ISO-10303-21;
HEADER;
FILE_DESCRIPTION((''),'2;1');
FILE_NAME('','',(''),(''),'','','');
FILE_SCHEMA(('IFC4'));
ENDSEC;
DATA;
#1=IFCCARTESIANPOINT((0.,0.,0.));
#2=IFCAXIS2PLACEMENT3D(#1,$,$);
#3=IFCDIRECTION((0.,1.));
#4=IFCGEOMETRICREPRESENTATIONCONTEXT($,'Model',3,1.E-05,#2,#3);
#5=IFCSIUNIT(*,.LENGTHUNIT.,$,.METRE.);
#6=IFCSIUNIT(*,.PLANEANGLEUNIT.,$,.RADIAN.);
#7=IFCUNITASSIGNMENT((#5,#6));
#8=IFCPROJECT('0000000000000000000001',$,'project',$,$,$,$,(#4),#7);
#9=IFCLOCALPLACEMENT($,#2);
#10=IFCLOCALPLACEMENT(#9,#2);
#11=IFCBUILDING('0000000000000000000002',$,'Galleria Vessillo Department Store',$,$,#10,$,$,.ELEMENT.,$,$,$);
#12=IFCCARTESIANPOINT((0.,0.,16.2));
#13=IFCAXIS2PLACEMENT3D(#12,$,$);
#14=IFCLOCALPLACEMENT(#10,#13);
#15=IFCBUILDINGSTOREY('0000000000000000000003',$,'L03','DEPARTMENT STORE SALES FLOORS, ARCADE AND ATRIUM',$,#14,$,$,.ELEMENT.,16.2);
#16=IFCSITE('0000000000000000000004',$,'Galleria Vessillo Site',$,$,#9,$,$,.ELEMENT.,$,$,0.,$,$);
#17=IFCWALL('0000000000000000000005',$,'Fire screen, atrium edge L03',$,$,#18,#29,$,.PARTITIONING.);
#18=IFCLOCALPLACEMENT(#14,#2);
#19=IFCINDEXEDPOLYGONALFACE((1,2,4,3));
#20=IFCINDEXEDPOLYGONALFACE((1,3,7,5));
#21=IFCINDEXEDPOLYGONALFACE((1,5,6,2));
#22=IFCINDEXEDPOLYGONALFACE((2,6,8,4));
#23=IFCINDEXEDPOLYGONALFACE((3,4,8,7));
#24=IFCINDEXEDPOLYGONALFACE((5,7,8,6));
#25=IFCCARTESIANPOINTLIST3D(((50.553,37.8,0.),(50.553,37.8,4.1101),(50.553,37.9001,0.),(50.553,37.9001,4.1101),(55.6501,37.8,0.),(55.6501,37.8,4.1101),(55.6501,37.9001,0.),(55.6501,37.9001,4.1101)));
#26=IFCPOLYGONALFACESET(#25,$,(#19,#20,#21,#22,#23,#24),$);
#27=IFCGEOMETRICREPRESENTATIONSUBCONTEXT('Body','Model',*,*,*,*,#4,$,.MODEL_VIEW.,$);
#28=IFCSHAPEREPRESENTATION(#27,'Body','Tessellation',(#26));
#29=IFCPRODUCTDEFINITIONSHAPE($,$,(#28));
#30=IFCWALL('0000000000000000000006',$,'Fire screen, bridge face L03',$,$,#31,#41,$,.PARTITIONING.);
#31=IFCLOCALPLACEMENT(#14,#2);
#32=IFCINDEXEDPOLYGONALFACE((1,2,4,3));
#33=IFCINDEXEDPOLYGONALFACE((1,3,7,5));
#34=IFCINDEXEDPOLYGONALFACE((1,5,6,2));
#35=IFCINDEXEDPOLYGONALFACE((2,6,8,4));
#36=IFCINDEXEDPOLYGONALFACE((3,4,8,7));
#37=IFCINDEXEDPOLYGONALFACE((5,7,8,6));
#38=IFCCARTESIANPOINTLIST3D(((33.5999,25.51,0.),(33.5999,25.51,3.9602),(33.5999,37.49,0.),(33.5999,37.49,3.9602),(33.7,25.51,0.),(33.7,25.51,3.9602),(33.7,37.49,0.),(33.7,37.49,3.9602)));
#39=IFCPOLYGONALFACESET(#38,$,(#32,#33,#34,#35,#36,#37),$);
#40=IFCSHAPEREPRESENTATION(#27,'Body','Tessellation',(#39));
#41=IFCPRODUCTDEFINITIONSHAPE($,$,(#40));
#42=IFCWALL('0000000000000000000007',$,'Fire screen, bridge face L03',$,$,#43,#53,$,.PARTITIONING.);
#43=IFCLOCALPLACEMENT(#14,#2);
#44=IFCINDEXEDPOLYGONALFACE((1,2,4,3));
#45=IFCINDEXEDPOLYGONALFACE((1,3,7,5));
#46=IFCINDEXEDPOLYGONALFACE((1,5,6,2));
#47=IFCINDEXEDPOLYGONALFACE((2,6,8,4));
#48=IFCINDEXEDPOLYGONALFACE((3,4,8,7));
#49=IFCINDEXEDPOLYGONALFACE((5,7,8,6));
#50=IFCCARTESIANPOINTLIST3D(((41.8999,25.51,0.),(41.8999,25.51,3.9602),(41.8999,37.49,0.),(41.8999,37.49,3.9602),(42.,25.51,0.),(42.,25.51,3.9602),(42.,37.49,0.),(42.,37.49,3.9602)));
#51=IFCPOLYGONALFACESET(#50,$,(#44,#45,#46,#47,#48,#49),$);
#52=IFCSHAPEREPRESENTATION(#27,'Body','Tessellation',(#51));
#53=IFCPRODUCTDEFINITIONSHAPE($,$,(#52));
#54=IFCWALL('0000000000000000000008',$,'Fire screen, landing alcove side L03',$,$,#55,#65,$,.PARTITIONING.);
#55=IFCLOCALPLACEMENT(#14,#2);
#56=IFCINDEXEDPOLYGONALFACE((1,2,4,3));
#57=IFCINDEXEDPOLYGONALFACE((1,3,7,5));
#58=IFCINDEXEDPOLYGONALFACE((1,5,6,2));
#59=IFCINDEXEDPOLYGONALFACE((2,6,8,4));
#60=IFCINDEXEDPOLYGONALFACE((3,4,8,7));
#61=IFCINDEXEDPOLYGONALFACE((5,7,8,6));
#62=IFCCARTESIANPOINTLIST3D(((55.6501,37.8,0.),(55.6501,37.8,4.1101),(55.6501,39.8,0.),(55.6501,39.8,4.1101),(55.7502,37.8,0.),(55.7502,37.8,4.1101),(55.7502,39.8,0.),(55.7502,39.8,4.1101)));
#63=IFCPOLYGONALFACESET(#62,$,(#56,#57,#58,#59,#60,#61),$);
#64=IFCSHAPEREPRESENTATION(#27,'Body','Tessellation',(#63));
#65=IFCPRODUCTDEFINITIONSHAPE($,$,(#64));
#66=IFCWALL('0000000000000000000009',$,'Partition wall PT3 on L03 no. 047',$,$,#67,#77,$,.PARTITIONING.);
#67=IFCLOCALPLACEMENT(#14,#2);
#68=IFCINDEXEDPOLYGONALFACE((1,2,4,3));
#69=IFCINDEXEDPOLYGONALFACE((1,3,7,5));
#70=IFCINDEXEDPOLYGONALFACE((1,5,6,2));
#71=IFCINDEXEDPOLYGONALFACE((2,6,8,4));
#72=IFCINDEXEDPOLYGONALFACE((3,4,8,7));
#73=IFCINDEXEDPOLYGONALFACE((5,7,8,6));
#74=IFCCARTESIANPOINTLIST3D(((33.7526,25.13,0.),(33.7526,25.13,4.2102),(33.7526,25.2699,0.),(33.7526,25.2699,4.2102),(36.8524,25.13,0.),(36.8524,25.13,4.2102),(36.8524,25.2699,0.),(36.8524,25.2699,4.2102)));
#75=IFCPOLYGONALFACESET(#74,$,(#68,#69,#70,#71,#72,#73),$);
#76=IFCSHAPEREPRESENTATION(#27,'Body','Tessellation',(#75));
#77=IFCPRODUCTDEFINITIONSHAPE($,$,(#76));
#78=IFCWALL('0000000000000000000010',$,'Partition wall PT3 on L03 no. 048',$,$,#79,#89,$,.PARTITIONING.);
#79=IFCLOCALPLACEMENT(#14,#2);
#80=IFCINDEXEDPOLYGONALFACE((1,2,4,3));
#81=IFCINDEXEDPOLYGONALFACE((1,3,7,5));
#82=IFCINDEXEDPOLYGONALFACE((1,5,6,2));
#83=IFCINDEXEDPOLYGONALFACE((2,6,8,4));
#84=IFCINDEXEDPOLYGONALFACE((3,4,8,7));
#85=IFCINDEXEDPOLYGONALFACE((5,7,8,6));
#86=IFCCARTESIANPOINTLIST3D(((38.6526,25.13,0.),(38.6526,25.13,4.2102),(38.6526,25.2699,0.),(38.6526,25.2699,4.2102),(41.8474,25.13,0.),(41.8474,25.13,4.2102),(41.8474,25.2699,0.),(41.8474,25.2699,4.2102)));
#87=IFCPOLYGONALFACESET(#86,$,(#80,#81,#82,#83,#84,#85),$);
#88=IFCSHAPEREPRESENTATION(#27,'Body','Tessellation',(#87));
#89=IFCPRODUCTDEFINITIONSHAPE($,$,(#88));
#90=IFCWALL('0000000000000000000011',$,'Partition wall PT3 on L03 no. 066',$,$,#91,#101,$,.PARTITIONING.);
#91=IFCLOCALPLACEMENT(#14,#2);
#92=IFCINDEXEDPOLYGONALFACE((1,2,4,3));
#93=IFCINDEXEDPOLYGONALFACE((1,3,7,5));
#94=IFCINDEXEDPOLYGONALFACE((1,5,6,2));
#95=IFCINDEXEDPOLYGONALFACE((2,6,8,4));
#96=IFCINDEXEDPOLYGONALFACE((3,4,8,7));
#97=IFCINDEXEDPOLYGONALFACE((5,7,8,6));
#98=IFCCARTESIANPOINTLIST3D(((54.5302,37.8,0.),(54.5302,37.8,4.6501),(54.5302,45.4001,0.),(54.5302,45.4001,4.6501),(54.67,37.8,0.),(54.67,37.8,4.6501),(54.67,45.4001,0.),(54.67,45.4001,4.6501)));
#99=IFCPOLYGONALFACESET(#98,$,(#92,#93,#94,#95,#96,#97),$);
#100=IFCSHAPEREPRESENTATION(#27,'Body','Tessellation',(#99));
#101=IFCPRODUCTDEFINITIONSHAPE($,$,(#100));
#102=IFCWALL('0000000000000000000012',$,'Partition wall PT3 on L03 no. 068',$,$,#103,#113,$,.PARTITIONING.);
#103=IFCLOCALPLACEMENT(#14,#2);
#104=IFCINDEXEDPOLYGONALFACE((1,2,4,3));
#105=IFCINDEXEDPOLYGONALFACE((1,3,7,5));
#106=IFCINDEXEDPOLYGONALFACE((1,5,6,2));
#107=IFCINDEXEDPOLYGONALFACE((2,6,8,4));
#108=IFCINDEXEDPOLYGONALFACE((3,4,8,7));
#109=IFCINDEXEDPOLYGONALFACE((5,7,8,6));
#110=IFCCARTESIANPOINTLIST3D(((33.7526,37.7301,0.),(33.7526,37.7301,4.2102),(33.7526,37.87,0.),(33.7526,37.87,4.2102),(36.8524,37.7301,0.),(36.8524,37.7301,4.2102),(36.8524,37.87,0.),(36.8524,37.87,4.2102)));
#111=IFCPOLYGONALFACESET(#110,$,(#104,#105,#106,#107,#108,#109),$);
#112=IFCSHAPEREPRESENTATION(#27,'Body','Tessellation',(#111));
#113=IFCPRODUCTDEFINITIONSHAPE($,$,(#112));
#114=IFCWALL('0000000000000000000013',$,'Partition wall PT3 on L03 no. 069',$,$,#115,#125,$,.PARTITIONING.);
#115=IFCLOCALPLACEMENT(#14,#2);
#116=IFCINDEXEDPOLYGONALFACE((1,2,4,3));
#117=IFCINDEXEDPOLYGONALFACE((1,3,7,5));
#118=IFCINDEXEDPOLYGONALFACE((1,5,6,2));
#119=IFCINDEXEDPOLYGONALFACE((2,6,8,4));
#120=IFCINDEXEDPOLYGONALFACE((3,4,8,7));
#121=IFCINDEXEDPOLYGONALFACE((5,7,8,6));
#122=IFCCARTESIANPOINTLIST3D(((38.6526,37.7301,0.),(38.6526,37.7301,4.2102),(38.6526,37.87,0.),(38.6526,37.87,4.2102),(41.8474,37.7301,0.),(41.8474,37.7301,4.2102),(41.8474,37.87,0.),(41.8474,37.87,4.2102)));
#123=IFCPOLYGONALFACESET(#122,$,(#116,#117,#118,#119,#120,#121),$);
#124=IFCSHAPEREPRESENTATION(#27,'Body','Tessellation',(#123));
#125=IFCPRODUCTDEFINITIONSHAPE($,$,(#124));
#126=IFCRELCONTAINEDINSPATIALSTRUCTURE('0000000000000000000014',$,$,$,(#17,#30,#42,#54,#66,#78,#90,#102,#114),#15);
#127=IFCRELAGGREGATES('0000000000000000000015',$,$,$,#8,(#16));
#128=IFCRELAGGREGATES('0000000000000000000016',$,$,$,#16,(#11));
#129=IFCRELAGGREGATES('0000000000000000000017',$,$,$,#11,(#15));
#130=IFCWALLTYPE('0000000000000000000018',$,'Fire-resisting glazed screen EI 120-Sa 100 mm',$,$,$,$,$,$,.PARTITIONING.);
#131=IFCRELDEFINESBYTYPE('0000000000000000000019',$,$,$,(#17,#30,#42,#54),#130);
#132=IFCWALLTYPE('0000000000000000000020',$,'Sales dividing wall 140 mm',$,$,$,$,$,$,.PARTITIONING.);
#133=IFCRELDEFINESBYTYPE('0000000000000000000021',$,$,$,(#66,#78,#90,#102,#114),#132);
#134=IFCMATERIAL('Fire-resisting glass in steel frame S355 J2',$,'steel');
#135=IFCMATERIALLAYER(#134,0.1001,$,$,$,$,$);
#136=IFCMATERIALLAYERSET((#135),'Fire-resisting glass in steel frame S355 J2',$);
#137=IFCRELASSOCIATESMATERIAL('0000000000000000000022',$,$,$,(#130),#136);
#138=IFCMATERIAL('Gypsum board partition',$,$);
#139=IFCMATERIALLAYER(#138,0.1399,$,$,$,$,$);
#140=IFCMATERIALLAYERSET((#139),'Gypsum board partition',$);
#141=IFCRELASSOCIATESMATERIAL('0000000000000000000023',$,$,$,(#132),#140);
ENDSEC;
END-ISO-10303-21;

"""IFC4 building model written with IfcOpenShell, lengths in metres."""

from ifc_helpers import new_model, si_unit, direction, frame, frame_2d, origin, place, context, subcontext, project, spatial, rectangle, extrude, material, layer, layer_set, type_object, element, save


model = new_model("IFC4")

# Units and contexts
model_context = context("Model", 3, precision=1e-05, world=origin(), true_north=direction((0.0, 1.0)))
body_context = subcontext(model_context, "Body", "Model", "MODEL_VIEW")
ifc_project = project(units=[si_unit("LENGTHUNIT", "METRE"), si_unit("PLANEANGLEUNIT", "RADIAN")], contexts=[model_context])

# Site, building, storey
site_placement = place(None, origin())
site = spatial("IfcSite", under=ifc_project, at=site_placement, Name="Galleria Vessillo Site", CompositionType="ELEMENT", RefElevation=0.0)
building_placement = place(site_placement, origin())
building = spatial("IfcBuilding", under=site, at=building_placement, Name="Galleria Vessillo Department Store", CompositionType="ELEMENT")
storey_placement = place(building_placement, frame((0.0, 0.0, 16.2)))
storey = spatial("IfcBuildingStorey", under=building, at=storey_placement, Name="L03", Description="DEPARTMENT STORE SALES FLOORS, ARCADE AND ATRIUM", CompositionType="ELEMENT", Elevation=16.2)

# Walls
ifc_material_1 = material(Name="Fire-resisting glass in steel frame S355 J2", Category="steel")
ifc_layer_1 = layer(ifc_material_1, 0.1001)
ifc_layer_set_1 = layer_set([ifc_layer_1], Name="Fire-resisting glass in steel frame S355 J2")
wall_type_1 = type_object("IfcWallType", Name="Fire-resisting glazed screen EI 120-Sa 100 mm", PredefinedType="PARTITIONING", material=ifc_layer_set_1)
wall_1_placement = place(storey_placement, frame((50.553, 37.8501, 0.0), z_axis=(0.0, 0.0, 1.0), x_axis=(1.0, 0.0, 0.0)))
element("IfcWall", 1, at=wall_1_placement, inside=storey, type_object=wall_type_1, Name="Fire screen, atrium edge L03", PredefinedType="PARTITIONING", context=body_context, shape_type="SweptSolid", body=[
    extrude(rectangle(XDim=5.0972, YDim=0.1001, at=frame_2d((2.5486, 0.0))), origin(), (0.0, 0.0, 1.0), 4.1101),
])
for number, where, z_axis, x_axis, name in (
    (2, (33.6499, 25.51, 0.0), (0.0, 0.0, 1.0), (0.0, 1.0, 0.0), "Fire screen, bridge face L03"),
    (3, (41.95, 25.51, 0.0), (0.0, 0.0, 1.0), (0.0, 1.0, 0.0), "Fire screen, bridge face L03"),
):
    element("IfcWall", number, at=place(storey_placement, frame(where, z_axis=z_axis, x_axis=x_axis)), inside=storey, type_object=wall_type_1, Name=name, PredefinedType="PARTITIONING", context=body_context, shape_type="SweptSolid", body=[
        extrude(rectangle(XDim=11.98, YDim=0.1001, at=frame_2d((5.99, 0.0))), origin(), (0.0, 0.0, 1.0), 3.9602),
    ])
wall_2_placement = place(storey_placement, frame((55.7002, 37.8, 0.0), z_axis=(0.0, 0.0, 1.0), x_axis=(0.0, 1.0, 0.0)))
element("IfcWall", 4, at=wall_2_placement, inside=storey, type_object=wall_type_1, Name="Fire screen, landing alcove side L03", PredefinedType="PARTITIONING", context=body_context, shape_type="SweptSolid", body=[
    extrude(rectangle(XDim=2.0, YDim=0.1001, at=frame_2d((1.0, 0.0))), origin(), (0.0, 0.0, 1.0), 4.1101),
])
ifc_material_2 = material(Name="Gypsum board partition")
ifc_layer_2 = layer(ifc_material_2, 0.1399)
ifc_layer_set_2 = layer_set([ifc_layer_2], Name="Gypsum board partition")
wall_type_2 = type_object("IfcWallType", Name="Sales dividing wall 140 mm", PredefinedType="PARTITIONING", material=ifc_layer_set_2)
wall_3_placement = place(storey_placement, frame((33.7527, 25.2, 0.0), z_axis=(0.0, 0.0, 1.0), x_axis=(1.0, 0.0, 0.0)))
element("IfcWall", 5, at=wall_3_placement, inside=storey, type_object=wall_type_2, Name="Partition wall PT3 on L03 no. 047", PredefinedType="PARTITIONING", context=body_context, shape_type="SweptSolid", body=[
    extrude(rectangle(XDim=3.0999, YDim=0.1399, at=frame_2d((1.5498, 0.0))), origin(), (0.0, 0.0, 1.0), 4.2102),
])
wall_4_placement = place(storey_placement, frame((38.6526, 25.2, 0.0), z_axis=(0.0, 0.0, 1.0), x_axis=(1.0, 0.0, 0.0)))
element("IfcWall", 6, at=wall_4_placement, inside=storey, type_object=wall_type_2, Name="Partition wall PT3 on L03 no. 048", PredefinedType="PARTITIONING", context=body_context, shape_type="SweptSolid", body=[
    extrude(rectangle(XDim=3.1948, YDim=0.1399, at=frame_2d((1.5974, 0.0))), origin(), (0.0, 0.0, 1.0), 4.2102),
])
wall_5_placement = place(storey_placement, frame((54.6001, 37.8, 0.0), z_axis=(0.0, 0.0, 1.0), x_axis=(0.0, 1.0, 0.0)))
element("IfcWall", 7, at=wall_5_placement, inside=storey, type_object=wall_type_2, Name="Partition wall PT3 on L03 no. 066", PredefinedType="PARTITIONING", context=body_context, shape_type="SweptSolid", body=[
    extrude(rectangle(XDim=7.6001, YDim=0.1399, at=frame_2d((3.8, 0.0))), origin(), (0.0, 0.0, 1.0), 4.6501),
])
wall_6_placement = place(storey_placement, frame((33.7527, 37.8, 0.0), z_axis=(0.0, 0.0, 1.0), x_axis=(1.0, 0.0, 0.0)))
element("IfcWall", 8, at=wall_6_placement, inside=storey, type_object=wall_type_2, Name="Partition wall PT3 on L03 no. 068", PredefinedType="PARTITIONING", context=body_context, shape_type="SweptSolid", body=[
    extrude(rectangle(XDim=3.0999, YDim=0.1399, at=frame_2d((1.5498, 0.0))), origin(), (0.0, 0.0, 1.0), 4.2102),
])
wall_7_placement = place(storey_placement, frame((38.6526, 37.8, 0.0), z_axis=(0.0, 0.0, 1.0), x_axis=(1.0, 0.0, 0.0)))
element("IfcWall", 9, at=wall_7_placement, inside=storey, type_object=wall_type_2, Name="Partition wall PT3 on L03 no. 069", PredefinedType="PARTITIONING", context=body_context, shape_type="SweptSolid", body=[
    extrude(rectangle(XDim=3.1948, YDim=0.1399, at=frame_2d((1.5974, 0.0))), origin(), (0.0, 0.0, 1.0), 4.2102),
])

save(model, "model.ifc")
